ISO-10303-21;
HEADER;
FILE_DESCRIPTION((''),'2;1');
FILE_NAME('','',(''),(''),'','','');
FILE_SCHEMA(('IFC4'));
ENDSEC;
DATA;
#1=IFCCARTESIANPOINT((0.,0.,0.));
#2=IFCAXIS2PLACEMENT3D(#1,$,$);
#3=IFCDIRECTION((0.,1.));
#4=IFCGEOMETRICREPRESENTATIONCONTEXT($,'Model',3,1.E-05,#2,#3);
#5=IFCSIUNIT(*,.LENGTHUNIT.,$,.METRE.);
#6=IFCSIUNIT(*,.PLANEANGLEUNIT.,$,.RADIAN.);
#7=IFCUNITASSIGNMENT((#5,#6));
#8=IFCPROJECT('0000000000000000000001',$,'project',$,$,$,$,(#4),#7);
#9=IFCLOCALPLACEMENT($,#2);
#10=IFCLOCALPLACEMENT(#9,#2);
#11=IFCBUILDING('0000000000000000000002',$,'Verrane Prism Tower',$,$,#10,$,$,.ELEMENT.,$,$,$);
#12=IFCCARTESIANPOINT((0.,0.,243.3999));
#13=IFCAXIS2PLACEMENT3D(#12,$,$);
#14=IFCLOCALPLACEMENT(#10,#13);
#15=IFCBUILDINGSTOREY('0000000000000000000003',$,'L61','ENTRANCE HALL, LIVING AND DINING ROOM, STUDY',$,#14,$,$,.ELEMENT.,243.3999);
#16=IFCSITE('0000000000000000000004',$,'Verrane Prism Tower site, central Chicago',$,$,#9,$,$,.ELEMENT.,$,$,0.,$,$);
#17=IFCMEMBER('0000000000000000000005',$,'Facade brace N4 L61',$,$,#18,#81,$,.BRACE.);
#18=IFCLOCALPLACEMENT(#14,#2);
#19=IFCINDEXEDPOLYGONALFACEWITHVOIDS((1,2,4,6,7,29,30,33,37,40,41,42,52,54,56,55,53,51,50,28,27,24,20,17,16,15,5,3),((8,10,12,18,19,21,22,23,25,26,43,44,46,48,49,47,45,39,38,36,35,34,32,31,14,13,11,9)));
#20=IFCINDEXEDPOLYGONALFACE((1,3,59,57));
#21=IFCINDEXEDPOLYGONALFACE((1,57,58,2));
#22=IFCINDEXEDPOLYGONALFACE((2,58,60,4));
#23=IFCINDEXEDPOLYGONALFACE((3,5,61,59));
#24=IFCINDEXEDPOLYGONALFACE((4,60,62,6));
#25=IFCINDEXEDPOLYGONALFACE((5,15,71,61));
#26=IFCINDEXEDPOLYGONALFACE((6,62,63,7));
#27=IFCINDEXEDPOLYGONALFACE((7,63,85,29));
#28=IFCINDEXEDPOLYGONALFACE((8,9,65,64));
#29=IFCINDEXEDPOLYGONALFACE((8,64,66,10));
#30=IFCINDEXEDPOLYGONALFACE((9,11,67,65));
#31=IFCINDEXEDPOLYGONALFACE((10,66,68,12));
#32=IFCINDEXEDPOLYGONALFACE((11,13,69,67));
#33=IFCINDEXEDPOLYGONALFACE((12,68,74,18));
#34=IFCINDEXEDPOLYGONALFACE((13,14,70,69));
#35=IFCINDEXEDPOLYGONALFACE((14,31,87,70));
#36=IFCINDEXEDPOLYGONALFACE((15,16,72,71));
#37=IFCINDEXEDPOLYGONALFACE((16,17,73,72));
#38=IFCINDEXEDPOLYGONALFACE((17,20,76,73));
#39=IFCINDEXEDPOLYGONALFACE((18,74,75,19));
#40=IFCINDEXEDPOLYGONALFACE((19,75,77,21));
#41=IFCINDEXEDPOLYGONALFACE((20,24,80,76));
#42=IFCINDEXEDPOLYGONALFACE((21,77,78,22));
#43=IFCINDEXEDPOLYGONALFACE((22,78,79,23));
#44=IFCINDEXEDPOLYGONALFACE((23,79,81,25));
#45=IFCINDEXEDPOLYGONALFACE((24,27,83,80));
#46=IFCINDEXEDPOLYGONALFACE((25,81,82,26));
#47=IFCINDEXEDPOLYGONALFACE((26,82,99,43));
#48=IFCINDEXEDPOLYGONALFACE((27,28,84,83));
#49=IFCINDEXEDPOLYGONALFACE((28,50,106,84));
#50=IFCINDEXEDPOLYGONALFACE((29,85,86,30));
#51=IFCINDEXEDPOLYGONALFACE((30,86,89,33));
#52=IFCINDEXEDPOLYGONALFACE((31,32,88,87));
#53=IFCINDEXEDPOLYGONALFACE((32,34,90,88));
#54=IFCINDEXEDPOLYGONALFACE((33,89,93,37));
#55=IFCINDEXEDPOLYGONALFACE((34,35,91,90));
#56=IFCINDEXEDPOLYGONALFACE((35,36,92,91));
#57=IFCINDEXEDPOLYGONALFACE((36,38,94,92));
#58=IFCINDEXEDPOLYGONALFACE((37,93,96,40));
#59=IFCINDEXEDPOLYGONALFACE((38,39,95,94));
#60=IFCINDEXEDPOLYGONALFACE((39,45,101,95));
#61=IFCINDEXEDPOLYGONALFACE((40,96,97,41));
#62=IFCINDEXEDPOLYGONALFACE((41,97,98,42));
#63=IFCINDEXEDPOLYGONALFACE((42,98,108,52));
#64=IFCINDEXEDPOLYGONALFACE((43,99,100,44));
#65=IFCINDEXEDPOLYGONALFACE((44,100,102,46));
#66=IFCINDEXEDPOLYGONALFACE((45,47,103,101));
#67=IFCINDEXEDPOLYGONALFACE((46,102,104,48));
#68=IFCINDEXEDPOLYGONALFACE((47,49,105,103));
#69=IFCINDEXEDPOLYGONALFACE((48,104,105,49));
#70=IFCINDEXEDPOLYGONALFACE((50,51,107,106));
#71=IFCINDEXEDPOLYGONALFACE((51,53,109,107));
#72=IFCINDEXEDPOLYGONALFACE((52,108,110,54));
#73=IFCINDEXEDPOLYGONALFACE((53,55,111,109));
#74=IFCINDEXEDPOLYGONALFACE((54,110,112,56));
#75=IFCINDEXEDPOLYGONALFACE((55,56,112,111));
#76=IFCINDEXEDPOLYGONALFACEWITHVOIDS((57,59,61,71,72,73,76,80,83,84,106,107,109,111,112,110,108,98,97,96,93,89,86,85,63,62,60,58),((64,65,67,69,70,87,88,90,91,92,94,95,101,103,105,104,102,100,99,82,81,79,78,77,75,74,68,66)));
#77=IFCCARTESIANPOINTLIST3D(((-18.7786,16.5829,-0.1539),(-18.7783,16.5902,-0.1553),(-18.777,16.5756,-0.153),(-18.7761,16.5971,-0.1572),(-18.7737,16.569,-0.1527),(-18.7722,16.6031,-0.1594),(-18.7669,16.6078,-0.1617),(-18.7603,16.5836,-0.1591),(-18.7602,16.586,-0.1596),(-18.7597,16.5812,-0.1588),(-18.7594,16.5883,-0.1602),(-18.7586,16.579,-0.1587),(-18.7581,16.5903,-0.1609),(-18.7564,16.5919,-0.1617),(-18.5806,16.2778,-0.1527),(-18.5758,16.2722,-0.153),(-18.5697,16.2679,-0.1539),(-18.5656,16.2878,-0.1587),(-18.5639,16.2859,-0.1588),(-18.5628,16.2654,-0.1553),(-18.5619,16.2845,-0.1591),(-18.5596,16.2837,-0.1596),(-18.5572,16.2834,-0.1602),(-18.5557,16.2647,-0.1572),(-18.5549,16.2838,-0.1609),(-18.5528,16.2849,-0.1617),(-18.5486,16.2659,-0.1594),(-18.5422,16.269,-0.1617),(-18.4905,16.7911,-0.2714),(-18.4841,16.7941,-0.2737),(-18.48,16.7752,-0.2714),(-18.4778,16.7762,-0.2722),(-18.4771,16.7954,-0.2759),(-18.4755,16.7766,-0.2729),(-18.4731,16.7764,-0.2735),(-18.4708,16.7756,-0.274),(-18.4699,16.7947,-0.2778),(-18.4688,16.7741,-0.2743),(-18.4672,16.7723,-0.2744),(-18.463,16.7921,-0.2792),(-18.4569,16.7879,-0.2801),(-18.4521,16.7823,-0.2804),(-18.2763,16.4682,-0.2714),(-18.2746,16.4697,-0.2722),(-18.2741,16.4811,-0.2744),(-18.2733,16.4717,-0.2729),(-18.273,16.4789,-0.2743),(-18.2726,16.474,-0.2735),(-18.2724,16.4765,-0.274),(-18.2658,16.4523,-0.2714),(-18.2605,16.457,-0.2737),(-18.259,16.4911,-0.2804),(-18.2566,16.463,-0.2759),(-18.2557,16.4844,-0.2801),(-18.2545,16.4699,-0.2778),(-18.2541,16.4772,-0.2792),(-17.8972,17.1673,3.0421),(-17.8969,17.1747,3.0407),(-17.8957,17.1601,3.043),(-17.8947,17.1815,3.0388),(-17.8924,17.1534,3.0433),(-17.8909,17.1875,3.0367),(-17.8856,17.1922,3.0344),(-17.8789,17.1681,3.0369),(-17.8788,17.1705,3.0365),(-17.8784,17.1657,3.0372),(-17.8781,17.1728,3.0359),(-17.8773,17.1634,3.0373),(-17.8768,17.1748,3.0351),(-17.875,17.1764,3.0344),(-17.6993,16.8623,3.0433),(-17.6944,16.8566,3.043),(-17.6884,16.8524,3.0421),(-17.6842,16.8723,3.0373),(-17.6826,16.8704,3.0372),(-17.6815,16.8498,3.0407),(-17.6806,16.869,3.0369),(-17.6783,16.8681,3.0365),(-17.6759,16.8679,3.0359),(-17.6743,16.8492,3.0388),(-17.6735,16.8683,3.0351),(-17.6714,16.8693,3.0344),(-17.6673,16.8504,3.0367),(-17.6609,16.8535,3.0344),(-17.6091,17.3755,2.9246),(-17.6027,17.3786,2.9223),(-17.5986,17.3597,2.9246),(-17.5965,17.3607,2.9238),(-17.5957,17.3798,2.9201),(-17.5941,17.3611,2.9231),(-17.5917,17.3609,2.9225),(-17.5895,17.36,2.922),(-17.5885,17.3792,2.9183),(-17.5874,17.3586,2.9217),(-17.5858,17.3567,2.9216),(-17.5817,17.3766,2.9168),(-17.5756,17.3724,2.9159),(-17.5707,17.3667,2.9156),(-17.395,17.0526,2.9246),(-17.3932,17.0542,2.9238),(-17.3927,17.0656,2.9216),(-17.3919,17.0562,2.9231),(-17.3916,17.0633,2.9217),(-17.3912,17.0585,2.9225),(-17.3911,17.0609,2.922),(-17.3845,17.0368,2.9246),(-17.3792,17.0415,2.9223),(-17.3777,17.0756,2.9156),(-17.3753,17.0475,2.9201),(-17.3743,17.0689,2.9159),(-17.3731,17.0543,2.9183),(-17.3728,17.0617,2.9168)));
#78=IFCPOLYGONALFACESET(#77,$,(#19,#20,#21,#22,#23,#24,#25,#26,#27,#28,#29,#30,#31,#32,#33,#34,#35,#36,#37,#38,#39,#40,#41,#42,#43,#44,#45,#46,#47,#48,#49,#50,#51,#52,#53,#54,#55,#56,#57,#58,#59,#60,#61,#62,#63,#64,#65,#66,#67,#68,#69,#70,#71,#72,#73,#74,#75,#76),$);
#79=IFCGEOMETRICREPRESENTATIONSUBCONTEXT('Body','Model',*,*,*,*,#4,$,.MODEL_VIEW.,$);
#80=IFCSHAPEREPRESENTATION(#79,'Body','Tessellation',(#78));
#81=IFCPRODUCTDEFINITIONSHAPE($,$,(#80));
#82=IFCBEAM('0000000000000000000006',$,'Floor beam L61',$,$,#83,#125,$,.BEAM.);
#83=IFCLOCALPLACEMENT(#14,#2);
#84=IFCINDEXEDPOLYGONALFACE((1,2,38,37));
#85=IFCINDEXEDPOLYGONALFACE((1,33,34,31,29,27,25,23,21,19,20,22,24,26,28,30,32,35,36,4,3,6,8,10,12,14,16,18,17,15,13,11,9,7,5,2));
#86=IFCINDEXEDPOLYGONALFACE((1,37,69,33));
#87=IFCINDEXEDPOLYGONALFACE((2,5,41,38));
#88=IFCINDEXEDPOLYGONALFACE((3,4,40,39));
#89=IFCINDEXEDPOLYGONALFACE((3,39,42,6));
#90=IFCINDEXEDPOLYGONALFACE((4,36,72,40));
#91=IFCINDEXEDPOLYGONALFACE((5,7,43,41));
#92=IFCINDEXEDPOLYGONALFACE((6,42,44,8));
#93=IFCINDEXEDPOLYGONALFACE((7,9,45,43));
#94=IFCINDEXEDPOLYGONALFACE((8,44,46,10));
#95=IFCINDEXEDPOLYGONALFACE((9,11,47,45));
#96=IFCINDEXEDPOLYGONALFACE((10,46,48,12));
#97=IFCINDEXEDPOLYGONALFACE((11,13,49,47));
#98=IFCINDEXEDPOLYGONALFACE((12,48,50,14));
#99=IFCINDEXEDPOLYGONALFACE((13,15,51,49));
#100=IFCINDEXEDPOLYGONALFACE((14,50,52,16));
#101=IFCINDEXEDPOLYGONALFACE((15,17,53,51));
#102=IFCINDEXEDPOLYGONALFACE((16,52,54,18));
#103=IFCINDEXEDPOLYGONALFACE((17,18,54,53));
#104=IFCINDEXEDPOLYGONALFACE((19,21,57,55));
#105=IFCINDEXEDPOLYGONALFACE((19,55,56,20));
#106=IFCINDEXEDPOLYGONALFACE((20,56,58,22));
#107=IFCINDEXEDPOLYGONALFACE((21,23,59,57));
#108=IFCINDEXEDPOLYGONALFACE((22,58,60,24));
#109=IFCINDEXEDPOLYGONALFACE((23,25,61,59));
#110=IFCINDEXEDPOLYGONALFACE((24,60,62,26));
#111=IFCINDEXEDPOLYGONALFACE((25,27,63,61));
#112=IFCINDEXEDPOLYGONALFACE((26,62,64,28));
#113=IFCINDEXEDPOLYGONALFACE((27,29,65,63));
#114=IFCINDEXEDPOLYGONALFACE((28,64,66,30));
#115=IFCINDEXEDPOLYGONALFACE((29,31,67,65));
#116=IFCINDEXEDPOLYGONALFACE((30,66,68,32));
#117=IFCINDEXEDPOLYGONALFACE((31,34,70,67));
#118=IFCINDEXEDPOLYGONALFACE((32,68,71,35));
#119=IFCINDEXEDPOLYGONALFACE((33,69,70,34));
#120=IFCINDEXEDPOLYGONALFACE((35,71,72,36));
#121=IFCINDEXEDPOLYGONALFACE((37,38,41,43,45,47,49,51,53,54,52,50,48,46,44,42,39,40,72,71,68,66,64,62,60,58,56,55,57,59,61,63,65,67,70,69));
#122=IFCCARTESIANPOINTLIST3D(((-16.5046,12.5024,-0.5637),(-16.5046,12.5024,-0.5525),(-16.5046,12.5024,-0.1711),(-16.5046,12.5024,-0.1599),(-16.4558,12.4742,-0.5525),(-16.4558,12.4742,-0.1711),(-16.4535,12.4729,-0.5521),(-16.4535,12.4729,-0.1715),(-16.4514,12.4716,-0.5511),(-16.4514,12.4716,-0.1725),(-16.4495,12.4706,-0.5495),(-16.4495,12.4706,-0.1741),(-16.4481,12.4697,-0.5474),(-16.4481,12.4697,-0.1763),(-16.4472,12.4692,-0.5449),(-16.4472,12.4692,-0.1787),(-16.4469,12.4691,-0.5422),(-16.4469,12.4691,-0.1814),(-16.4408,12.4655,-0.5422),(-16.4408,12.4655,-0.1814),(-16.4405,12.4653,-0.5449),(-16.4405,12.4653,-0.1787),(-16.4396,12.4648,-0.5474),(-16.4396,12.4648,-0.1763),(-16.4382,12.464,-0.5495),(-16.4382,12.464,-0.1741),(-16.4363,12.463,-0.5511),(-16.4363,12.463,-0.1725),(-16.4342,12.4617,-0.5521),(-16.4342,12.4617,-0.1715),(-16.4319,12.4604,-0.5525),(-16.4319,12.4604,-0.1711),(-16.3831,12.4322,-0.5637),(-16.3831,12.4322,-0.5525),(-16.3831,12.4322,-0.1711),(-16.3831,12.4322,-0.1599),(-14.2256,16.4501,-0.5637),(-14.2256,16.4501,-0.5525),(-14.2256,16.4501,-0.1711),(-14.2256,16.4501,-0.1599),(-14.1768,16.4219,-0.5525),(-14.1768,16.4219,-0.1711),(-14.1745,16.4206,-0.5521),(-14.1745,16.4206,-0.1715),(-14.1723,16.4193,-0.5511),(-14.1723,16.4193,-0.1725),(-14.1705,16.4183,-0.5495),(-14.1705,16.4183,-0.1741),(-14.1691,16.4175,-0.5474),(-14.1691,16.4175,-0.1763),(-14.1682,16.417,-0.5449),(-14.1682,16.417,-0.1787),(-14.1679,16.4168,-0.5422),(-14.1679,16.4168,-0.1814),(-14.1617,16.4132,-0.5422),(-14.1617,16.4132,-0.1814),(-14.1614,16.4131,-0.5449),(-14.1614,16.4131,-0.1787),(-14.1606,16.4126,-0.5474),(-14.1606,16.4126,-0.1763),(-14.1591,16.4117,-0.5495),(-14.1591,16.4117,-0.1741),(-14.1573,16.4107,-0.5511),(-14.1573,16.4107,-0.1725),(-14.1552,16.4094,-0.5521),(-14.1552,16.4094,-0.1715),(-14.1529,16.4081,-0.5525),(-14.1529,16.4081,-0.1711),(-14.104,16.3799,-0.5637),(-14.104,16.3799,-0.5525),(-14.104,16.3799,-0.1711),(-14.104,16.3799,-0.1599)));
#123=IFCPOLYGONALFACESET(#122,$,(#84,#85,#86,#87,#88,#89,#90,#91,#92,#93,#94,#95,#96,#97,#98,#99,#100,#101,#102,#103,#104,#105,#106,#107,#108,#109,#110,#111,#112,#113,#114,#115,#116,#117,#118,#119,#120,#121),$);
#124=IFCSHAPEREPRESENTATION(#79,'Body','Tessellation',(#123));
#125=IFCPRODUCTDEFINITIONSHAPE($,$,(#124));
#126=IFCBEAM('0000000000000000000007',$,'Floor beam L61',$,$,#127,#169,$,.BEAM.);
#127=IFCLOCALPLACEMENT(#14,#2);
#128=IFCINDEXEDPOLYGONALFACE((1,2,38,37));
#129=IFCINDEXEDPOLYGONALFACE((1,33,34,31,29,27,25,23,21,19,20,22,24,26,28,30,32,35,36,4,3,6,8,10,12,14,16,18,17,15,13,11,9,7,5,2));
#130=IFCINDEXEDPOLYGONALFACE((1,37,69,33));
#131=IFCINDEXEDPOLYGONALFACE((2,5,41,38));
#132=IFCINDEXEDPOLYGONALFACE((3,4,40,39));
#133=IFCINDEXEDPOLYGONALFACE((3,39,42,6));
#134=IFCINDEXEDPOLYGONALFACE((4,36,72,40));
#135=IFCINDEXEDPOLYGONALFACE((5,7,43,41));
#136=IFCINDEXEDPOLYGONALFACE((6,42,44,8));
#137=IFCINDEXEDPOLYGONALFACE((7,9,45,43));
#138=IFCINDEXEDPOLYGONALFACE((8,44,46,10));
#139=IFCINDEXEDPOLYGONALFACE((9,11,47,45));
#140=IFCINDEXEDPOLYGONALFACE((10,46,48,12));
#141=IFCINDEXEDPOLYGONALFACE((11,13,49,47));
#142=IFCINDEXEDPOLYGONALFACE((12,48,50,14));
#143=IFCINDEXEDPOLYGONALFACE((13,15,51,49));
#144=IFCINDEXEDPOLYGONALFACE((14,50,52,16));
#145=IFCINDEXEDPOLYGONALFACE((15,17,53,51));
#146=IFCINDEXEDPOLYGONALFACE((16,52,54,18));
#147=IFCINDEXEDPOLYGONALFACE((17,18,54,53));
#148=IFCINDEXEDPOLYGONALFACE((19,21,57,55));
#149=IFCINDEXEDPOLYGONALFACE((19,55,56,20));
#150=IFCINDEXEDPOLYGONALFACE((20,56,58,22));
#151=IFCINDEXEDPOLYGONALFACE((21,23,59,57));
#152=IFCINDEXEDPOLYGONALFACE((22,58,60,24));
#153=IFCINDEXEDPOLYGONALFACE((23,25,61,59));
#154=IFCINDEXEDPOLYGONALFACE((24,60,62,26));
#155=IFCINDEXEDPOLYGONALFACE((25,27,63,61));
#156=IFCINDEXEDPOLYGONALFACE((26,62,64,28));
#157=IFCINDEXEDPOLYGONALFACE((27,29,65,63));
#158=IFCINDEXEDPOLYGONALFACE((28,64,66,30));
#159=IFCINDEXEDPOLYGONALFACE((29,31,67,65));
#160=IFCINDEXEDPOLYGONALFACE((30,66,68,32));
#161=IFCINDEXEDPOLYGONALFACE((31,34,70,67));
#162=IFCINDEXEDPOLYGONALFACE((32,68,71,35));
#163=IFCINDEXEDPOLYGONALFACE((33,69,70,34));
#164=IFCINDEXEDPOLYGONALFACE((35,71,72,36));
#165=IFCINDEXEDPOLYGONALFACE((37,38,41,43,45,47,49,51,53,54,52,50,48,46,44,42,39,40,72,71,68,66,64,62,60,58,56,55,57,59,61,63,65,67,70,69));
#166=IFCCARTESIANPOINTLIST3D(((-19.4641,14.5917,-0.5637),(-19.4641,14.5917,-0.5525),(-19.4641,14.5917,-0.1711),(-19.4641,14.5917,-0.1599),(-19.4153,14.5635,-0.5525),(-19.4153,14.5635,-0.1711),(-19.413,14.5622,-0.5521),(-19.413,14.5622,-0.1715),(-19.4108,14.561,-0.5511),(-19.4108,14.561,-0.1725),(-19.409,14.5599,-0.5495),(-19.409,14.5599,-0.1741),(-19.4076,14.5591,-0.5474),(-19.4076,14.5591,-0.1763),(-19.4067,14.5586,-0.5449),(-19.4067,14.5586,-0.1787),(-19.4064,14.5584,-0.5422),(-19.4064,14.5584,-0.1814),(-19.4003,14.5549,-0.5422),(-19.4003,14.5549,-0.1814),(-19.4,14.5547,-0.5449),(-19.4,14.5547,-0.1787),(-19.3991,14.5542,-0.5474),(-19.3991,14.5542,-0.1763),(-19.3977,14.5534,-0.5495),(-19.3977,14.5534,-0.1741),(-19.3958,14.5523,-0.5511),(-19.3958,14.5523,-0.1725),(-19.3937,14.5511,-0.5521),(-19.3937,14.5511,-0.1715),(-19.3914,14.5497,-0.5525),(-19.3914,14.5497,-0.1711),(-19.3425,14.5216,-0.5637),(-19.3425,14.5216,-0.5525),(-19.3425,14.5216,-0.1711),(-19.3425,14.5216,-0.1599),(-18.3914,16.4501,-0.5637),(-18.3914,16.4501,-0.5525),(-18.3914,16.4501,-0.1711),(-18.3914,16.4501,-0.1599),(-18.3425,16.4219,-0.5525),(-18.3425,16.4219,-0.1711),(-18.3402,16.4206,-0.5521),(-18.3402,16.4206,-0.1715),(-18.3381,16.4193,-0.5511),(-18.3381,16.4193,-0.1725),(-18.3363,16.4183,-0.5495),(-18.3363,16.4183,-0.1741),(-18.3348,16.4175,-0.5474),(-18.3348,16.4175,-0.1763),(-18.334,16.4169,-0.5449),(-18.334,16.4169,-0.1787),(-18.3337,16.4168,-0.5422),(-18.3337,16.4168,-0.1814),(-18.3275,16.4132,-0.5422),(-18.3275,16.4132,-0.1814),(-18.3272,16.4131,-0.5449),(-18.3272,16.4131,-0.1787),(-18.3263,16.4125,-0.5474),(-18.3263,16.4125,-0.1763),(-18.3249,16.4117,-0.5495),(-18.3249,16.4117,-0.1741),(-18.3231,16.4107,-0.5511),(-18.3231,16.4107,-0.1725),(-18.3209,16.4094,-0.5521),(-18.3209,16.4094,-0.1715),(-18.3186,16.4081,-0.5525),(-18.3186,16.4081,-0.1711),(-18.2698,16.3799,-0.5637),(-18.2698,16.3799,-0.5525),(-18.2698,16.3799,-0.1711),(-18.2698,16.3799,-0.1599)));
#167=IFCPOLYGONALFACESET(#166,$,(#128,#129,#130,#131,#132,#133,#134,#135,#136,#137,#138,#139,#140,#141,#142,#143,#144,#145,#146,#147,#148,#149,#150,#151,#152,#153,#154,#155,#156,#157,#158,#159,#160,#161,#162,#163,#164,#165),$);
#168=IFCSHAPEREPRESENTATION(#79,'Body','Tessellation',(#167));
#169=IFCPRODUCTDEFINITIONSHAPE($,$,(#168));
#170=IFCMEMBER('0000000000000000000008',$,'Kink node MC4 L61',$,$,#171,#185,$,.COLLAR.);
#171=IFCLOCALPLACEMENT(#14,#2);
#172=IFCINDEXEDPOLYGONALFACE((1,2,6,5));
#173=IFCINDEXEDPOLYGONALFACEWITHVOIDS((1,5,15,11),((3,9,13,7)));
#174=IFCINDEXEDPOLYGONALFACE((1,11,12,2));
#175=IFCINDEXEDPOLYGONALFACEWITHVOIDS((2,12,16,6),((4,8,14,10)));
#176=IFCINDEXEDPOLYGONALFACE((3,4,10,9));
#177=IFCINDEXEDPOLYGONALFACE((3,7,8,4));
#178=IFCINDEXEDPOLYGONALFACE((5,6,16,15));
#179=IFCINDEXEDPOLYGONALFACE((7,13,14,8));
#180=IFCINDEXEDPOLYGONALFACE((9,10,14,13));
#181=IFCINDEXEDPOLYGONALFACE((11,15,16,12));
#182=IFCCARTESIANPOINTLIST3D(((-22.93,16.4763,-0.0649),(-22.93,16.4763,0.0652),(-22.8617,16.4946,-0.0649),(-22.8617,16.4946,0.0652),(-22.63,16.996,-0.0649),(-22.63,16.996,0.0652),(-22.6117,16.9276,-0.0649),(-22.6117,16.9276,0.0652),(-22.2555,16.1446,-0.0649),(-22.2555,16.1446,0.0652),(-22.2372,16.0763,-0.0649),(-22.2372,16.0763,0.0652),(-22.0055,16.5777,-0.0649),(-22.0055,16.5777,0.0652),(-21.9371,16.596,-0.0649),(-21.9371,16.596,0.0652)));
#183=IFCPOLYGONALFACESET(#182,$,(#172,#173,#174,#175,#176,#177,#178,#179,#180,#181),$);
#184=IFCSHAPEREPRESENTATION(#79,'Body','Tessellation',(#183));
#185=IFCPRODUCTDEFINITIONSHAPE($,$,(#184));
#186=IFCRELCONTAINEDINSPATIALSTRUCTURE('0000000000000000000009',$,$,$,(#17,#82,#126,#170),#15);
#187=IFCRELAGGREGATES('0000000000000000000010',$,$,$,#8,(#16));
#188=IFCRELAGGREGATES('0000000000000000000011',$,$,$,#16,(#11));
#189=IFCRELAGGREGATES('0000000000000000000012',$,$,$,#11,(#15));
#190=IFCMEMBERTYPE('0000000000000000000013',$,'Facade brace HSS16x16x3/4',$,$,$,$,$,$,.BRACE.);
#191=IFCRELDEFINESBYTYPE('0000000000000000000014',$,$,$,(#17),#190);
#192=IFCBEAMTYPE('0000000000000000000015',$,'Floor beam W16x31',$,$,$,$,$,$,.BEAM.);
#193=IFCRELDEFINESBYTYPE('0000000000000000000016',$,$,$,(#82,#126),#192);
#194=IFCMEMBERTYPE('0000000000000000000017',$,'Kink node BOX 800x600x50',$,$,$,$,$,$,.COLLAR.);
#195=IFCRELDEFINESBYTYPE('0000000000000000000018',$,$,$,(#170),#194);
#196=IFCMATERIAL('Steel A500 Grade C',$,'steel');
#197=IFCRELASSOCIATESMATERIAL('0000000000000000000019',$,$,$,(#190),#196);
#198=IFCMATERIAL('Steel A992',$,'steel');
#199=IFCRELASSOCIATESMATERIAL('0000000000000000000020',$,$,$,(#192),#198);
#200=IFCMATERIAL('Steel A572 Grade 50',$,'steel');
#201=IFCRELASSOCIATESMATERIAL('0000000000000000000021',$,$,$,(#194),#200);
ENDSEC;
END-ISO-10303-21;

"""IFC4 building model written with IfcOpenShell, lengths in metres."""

from ifc_helpers import new_model, si_unit, direction, frame, origin, origin_2d, place, context, subcontext, project, spatial, hollow_rectangle, i_section, extrude, material, material_profile, profile_set, type_object, element, save


model = new_model("IFC4")

# Units and contexts
model_context = context("Model", 3, precision=1e-05, world=origin(), true_north=direction((0.0, 1.0)))
body_context = subcontext(model_context, "Body", "Model", "MODEL_VIEW")
ifc_project = project(units=[si_unit("LENGTHUNIT", "METRE"), si_unit("PLANEANGLEUNIT", "RADIAN")], contexts=[model_context])

# Site, building, storey
site_placement = place(None, origin())
site = spatial("IfcSite", under=ifc_project, at=site_placement, Name="Verrane Prism Tower site, central Chicago", CompositionType="ELEMENT", RefElevation=0.0)
building_placement = place(site_placement, origin())
building = spatial("IfcBuilding", under=site, at=building_placement, Name="Verrane Prism Tower", CompositionType="ELEMENT")
storey_placement = place(building_placement, frame((0.0, 0.0, 243.3999)))
storey = spatial("IfcBuildingStorey", under=building, at=storey_placement, Name="L61", Description="ENTRANCE HALL, LIVING AND DINING ROOM, STUDY", CompositionType="ELEMENT", Elevation=243.3999)

# Member
ifc_material_1 = material(Name="Steel A500 Grade C", Category="steel")
ifc_material_profile_1 = material_profile(ifc_material_1, hollow_rectangle(XDim=0.4065, YDim=0.4065, WallThickness=0.019, InnerFilletRadius=0.0095, OuterFilletRadius=0.0286, at=origin_2d()), Name="HSS16x16x3/4")
ifc_profile_set_1 = profile_set([ifc_material_profile_1], Name="Steel A500 Grade C")
member_type_1 = type_object("IfcMemberType", Name="Facade brace HSS16x16x3/4", PredefinedType="BRACE", material=ifc_profile_set_1)
member_1_placement = place(storey_placement, frame((-18.5164, 16.53, -0.2166), z_axis=(0.261802, 0.173616, 0.949377), x_axis=(-0.552674, 0.833397, 0.0)))
element("IfcMember", 1, at=member_1_placement, inside=storey, type_object=member_type_1, Name="Facade brace N4 L61", PredefinedType="BRACE", context=body_context, shape_type="SweptSolid", body=[
    extrude(hollow_rectangle(XDim=0.4065, YDim=0.4065, WallThickness=0.019, InnerFilletRadius=0.0095, OuterFilletRadius=0.0286, at=origin_2d()), origin(), (0.0, 0.0, 1.0), 3.3665),
])

# Beams
ifc_material_2 = material(Name="Steel A992", Category="steel")
ifc_material_profile_2 = material_profile(ifc_material_2, i_section(OverallWidth=0.1404, OverallDepth=0.4038, WebThickness=0.0071, FlangeThickness=0.0112, FilletRadius=0.0103, at=origin_2d()), Name="W16x31")
ifc_profile_set_2 = profile_set([ifc_material_profile_2], Name="Steel A992")
beam_type_1 = type_object("IfcBeamType", Name="Floor beam W16x31", PredefinedType="BEAM", material=ifc_profile_set_2)
beam_1_placement = place(storey_placement, frame((-16.4438, 12.4673, -0.3618), z_axis=(0.49997, 0.866043, 0.0), x_axis=(-0.866043, 0.49997, 0.0)))
element("IfcBeam", 2, at=beam_1_placement, inside=storey, type_object=beam_type_1, Name="Floor beam L61", PredefinedType="BEAM", context=body_context, shape_type="SweptSolid", body=[
    extrude(i_section(OverallWidth=0.1404, OverallDepth=0.4038, WebThickness=0.0071, FlangeThickness=0.0112, FilletRadius=0.0103, at=origin_2d()), origin(), (0.0, 0.0, 1.0), 4.5583),
])
beam_2_placement = place(storey_placement, frame((-19.4033, 14.5566, -0.3618), z_axis=(0.499933, 0.866064, 0.0), x_axis=(-0.866064, 0.499933, 0.0)))
element("IfcBeam", 3, at=beam_2_placement, inside=storey, type_object=beam_type_1, Name="Floor beam L61", PredefinedType="BEAM", context=body_context, shape_type="SweptSolid", body=[
    extrude(i_section(OverallWidth=0.1404, OverallDepth=0.4038, WebThickness=0.0071, FlangeThickness=0.0112, FilletRadius=0.0103, at=origin_2d()), origin(), (0.0, 0.0, 1.0), 2.1458),
])

# Member
ifc_material_3 = material(Name="Steel A572 Grade 50", Category="steel")
ifc_material_profile_3 = material_profile(ifc_material_3, hollow_rectangle(XDim=0.6001, YDim=0.8, WallThickness=0.05, at=origin_2d()), Name="BOX 800x600x50")
ifc_profile_set_3 = profile_set([ifc_material_profile_3], Name="Steel A572 Grade 50")
member_type_2 = type_object("IfcMemberType", Name="Kink node BOX 800x600x50", PredefinedType="COLLAR", material=ifc_profile_set_3)
member_2_placement = place(storey_placement, frame((-22.4336, 16.5361, -0.0649), z_axis=(0.0, 0.0, 1.0), x_axis=(0.5, 0.866025, 0.0)))
element("IfcMember", 4, at=member_2_placement, inside=storey, type_object=member_type_2, Name="Kink node MC4 L61", PredefinedType="COLLAR", context=body_context, shape_type="SweptSolid", body=[
    extrude(hollow_rectangle(XDim=0.6001, YDim=0.8, WallThickness=0.05, at=origin_2d()), origin(), (0.0, 0.0, 1.0), 0.1301),
])

save(model, "model.ifc")
